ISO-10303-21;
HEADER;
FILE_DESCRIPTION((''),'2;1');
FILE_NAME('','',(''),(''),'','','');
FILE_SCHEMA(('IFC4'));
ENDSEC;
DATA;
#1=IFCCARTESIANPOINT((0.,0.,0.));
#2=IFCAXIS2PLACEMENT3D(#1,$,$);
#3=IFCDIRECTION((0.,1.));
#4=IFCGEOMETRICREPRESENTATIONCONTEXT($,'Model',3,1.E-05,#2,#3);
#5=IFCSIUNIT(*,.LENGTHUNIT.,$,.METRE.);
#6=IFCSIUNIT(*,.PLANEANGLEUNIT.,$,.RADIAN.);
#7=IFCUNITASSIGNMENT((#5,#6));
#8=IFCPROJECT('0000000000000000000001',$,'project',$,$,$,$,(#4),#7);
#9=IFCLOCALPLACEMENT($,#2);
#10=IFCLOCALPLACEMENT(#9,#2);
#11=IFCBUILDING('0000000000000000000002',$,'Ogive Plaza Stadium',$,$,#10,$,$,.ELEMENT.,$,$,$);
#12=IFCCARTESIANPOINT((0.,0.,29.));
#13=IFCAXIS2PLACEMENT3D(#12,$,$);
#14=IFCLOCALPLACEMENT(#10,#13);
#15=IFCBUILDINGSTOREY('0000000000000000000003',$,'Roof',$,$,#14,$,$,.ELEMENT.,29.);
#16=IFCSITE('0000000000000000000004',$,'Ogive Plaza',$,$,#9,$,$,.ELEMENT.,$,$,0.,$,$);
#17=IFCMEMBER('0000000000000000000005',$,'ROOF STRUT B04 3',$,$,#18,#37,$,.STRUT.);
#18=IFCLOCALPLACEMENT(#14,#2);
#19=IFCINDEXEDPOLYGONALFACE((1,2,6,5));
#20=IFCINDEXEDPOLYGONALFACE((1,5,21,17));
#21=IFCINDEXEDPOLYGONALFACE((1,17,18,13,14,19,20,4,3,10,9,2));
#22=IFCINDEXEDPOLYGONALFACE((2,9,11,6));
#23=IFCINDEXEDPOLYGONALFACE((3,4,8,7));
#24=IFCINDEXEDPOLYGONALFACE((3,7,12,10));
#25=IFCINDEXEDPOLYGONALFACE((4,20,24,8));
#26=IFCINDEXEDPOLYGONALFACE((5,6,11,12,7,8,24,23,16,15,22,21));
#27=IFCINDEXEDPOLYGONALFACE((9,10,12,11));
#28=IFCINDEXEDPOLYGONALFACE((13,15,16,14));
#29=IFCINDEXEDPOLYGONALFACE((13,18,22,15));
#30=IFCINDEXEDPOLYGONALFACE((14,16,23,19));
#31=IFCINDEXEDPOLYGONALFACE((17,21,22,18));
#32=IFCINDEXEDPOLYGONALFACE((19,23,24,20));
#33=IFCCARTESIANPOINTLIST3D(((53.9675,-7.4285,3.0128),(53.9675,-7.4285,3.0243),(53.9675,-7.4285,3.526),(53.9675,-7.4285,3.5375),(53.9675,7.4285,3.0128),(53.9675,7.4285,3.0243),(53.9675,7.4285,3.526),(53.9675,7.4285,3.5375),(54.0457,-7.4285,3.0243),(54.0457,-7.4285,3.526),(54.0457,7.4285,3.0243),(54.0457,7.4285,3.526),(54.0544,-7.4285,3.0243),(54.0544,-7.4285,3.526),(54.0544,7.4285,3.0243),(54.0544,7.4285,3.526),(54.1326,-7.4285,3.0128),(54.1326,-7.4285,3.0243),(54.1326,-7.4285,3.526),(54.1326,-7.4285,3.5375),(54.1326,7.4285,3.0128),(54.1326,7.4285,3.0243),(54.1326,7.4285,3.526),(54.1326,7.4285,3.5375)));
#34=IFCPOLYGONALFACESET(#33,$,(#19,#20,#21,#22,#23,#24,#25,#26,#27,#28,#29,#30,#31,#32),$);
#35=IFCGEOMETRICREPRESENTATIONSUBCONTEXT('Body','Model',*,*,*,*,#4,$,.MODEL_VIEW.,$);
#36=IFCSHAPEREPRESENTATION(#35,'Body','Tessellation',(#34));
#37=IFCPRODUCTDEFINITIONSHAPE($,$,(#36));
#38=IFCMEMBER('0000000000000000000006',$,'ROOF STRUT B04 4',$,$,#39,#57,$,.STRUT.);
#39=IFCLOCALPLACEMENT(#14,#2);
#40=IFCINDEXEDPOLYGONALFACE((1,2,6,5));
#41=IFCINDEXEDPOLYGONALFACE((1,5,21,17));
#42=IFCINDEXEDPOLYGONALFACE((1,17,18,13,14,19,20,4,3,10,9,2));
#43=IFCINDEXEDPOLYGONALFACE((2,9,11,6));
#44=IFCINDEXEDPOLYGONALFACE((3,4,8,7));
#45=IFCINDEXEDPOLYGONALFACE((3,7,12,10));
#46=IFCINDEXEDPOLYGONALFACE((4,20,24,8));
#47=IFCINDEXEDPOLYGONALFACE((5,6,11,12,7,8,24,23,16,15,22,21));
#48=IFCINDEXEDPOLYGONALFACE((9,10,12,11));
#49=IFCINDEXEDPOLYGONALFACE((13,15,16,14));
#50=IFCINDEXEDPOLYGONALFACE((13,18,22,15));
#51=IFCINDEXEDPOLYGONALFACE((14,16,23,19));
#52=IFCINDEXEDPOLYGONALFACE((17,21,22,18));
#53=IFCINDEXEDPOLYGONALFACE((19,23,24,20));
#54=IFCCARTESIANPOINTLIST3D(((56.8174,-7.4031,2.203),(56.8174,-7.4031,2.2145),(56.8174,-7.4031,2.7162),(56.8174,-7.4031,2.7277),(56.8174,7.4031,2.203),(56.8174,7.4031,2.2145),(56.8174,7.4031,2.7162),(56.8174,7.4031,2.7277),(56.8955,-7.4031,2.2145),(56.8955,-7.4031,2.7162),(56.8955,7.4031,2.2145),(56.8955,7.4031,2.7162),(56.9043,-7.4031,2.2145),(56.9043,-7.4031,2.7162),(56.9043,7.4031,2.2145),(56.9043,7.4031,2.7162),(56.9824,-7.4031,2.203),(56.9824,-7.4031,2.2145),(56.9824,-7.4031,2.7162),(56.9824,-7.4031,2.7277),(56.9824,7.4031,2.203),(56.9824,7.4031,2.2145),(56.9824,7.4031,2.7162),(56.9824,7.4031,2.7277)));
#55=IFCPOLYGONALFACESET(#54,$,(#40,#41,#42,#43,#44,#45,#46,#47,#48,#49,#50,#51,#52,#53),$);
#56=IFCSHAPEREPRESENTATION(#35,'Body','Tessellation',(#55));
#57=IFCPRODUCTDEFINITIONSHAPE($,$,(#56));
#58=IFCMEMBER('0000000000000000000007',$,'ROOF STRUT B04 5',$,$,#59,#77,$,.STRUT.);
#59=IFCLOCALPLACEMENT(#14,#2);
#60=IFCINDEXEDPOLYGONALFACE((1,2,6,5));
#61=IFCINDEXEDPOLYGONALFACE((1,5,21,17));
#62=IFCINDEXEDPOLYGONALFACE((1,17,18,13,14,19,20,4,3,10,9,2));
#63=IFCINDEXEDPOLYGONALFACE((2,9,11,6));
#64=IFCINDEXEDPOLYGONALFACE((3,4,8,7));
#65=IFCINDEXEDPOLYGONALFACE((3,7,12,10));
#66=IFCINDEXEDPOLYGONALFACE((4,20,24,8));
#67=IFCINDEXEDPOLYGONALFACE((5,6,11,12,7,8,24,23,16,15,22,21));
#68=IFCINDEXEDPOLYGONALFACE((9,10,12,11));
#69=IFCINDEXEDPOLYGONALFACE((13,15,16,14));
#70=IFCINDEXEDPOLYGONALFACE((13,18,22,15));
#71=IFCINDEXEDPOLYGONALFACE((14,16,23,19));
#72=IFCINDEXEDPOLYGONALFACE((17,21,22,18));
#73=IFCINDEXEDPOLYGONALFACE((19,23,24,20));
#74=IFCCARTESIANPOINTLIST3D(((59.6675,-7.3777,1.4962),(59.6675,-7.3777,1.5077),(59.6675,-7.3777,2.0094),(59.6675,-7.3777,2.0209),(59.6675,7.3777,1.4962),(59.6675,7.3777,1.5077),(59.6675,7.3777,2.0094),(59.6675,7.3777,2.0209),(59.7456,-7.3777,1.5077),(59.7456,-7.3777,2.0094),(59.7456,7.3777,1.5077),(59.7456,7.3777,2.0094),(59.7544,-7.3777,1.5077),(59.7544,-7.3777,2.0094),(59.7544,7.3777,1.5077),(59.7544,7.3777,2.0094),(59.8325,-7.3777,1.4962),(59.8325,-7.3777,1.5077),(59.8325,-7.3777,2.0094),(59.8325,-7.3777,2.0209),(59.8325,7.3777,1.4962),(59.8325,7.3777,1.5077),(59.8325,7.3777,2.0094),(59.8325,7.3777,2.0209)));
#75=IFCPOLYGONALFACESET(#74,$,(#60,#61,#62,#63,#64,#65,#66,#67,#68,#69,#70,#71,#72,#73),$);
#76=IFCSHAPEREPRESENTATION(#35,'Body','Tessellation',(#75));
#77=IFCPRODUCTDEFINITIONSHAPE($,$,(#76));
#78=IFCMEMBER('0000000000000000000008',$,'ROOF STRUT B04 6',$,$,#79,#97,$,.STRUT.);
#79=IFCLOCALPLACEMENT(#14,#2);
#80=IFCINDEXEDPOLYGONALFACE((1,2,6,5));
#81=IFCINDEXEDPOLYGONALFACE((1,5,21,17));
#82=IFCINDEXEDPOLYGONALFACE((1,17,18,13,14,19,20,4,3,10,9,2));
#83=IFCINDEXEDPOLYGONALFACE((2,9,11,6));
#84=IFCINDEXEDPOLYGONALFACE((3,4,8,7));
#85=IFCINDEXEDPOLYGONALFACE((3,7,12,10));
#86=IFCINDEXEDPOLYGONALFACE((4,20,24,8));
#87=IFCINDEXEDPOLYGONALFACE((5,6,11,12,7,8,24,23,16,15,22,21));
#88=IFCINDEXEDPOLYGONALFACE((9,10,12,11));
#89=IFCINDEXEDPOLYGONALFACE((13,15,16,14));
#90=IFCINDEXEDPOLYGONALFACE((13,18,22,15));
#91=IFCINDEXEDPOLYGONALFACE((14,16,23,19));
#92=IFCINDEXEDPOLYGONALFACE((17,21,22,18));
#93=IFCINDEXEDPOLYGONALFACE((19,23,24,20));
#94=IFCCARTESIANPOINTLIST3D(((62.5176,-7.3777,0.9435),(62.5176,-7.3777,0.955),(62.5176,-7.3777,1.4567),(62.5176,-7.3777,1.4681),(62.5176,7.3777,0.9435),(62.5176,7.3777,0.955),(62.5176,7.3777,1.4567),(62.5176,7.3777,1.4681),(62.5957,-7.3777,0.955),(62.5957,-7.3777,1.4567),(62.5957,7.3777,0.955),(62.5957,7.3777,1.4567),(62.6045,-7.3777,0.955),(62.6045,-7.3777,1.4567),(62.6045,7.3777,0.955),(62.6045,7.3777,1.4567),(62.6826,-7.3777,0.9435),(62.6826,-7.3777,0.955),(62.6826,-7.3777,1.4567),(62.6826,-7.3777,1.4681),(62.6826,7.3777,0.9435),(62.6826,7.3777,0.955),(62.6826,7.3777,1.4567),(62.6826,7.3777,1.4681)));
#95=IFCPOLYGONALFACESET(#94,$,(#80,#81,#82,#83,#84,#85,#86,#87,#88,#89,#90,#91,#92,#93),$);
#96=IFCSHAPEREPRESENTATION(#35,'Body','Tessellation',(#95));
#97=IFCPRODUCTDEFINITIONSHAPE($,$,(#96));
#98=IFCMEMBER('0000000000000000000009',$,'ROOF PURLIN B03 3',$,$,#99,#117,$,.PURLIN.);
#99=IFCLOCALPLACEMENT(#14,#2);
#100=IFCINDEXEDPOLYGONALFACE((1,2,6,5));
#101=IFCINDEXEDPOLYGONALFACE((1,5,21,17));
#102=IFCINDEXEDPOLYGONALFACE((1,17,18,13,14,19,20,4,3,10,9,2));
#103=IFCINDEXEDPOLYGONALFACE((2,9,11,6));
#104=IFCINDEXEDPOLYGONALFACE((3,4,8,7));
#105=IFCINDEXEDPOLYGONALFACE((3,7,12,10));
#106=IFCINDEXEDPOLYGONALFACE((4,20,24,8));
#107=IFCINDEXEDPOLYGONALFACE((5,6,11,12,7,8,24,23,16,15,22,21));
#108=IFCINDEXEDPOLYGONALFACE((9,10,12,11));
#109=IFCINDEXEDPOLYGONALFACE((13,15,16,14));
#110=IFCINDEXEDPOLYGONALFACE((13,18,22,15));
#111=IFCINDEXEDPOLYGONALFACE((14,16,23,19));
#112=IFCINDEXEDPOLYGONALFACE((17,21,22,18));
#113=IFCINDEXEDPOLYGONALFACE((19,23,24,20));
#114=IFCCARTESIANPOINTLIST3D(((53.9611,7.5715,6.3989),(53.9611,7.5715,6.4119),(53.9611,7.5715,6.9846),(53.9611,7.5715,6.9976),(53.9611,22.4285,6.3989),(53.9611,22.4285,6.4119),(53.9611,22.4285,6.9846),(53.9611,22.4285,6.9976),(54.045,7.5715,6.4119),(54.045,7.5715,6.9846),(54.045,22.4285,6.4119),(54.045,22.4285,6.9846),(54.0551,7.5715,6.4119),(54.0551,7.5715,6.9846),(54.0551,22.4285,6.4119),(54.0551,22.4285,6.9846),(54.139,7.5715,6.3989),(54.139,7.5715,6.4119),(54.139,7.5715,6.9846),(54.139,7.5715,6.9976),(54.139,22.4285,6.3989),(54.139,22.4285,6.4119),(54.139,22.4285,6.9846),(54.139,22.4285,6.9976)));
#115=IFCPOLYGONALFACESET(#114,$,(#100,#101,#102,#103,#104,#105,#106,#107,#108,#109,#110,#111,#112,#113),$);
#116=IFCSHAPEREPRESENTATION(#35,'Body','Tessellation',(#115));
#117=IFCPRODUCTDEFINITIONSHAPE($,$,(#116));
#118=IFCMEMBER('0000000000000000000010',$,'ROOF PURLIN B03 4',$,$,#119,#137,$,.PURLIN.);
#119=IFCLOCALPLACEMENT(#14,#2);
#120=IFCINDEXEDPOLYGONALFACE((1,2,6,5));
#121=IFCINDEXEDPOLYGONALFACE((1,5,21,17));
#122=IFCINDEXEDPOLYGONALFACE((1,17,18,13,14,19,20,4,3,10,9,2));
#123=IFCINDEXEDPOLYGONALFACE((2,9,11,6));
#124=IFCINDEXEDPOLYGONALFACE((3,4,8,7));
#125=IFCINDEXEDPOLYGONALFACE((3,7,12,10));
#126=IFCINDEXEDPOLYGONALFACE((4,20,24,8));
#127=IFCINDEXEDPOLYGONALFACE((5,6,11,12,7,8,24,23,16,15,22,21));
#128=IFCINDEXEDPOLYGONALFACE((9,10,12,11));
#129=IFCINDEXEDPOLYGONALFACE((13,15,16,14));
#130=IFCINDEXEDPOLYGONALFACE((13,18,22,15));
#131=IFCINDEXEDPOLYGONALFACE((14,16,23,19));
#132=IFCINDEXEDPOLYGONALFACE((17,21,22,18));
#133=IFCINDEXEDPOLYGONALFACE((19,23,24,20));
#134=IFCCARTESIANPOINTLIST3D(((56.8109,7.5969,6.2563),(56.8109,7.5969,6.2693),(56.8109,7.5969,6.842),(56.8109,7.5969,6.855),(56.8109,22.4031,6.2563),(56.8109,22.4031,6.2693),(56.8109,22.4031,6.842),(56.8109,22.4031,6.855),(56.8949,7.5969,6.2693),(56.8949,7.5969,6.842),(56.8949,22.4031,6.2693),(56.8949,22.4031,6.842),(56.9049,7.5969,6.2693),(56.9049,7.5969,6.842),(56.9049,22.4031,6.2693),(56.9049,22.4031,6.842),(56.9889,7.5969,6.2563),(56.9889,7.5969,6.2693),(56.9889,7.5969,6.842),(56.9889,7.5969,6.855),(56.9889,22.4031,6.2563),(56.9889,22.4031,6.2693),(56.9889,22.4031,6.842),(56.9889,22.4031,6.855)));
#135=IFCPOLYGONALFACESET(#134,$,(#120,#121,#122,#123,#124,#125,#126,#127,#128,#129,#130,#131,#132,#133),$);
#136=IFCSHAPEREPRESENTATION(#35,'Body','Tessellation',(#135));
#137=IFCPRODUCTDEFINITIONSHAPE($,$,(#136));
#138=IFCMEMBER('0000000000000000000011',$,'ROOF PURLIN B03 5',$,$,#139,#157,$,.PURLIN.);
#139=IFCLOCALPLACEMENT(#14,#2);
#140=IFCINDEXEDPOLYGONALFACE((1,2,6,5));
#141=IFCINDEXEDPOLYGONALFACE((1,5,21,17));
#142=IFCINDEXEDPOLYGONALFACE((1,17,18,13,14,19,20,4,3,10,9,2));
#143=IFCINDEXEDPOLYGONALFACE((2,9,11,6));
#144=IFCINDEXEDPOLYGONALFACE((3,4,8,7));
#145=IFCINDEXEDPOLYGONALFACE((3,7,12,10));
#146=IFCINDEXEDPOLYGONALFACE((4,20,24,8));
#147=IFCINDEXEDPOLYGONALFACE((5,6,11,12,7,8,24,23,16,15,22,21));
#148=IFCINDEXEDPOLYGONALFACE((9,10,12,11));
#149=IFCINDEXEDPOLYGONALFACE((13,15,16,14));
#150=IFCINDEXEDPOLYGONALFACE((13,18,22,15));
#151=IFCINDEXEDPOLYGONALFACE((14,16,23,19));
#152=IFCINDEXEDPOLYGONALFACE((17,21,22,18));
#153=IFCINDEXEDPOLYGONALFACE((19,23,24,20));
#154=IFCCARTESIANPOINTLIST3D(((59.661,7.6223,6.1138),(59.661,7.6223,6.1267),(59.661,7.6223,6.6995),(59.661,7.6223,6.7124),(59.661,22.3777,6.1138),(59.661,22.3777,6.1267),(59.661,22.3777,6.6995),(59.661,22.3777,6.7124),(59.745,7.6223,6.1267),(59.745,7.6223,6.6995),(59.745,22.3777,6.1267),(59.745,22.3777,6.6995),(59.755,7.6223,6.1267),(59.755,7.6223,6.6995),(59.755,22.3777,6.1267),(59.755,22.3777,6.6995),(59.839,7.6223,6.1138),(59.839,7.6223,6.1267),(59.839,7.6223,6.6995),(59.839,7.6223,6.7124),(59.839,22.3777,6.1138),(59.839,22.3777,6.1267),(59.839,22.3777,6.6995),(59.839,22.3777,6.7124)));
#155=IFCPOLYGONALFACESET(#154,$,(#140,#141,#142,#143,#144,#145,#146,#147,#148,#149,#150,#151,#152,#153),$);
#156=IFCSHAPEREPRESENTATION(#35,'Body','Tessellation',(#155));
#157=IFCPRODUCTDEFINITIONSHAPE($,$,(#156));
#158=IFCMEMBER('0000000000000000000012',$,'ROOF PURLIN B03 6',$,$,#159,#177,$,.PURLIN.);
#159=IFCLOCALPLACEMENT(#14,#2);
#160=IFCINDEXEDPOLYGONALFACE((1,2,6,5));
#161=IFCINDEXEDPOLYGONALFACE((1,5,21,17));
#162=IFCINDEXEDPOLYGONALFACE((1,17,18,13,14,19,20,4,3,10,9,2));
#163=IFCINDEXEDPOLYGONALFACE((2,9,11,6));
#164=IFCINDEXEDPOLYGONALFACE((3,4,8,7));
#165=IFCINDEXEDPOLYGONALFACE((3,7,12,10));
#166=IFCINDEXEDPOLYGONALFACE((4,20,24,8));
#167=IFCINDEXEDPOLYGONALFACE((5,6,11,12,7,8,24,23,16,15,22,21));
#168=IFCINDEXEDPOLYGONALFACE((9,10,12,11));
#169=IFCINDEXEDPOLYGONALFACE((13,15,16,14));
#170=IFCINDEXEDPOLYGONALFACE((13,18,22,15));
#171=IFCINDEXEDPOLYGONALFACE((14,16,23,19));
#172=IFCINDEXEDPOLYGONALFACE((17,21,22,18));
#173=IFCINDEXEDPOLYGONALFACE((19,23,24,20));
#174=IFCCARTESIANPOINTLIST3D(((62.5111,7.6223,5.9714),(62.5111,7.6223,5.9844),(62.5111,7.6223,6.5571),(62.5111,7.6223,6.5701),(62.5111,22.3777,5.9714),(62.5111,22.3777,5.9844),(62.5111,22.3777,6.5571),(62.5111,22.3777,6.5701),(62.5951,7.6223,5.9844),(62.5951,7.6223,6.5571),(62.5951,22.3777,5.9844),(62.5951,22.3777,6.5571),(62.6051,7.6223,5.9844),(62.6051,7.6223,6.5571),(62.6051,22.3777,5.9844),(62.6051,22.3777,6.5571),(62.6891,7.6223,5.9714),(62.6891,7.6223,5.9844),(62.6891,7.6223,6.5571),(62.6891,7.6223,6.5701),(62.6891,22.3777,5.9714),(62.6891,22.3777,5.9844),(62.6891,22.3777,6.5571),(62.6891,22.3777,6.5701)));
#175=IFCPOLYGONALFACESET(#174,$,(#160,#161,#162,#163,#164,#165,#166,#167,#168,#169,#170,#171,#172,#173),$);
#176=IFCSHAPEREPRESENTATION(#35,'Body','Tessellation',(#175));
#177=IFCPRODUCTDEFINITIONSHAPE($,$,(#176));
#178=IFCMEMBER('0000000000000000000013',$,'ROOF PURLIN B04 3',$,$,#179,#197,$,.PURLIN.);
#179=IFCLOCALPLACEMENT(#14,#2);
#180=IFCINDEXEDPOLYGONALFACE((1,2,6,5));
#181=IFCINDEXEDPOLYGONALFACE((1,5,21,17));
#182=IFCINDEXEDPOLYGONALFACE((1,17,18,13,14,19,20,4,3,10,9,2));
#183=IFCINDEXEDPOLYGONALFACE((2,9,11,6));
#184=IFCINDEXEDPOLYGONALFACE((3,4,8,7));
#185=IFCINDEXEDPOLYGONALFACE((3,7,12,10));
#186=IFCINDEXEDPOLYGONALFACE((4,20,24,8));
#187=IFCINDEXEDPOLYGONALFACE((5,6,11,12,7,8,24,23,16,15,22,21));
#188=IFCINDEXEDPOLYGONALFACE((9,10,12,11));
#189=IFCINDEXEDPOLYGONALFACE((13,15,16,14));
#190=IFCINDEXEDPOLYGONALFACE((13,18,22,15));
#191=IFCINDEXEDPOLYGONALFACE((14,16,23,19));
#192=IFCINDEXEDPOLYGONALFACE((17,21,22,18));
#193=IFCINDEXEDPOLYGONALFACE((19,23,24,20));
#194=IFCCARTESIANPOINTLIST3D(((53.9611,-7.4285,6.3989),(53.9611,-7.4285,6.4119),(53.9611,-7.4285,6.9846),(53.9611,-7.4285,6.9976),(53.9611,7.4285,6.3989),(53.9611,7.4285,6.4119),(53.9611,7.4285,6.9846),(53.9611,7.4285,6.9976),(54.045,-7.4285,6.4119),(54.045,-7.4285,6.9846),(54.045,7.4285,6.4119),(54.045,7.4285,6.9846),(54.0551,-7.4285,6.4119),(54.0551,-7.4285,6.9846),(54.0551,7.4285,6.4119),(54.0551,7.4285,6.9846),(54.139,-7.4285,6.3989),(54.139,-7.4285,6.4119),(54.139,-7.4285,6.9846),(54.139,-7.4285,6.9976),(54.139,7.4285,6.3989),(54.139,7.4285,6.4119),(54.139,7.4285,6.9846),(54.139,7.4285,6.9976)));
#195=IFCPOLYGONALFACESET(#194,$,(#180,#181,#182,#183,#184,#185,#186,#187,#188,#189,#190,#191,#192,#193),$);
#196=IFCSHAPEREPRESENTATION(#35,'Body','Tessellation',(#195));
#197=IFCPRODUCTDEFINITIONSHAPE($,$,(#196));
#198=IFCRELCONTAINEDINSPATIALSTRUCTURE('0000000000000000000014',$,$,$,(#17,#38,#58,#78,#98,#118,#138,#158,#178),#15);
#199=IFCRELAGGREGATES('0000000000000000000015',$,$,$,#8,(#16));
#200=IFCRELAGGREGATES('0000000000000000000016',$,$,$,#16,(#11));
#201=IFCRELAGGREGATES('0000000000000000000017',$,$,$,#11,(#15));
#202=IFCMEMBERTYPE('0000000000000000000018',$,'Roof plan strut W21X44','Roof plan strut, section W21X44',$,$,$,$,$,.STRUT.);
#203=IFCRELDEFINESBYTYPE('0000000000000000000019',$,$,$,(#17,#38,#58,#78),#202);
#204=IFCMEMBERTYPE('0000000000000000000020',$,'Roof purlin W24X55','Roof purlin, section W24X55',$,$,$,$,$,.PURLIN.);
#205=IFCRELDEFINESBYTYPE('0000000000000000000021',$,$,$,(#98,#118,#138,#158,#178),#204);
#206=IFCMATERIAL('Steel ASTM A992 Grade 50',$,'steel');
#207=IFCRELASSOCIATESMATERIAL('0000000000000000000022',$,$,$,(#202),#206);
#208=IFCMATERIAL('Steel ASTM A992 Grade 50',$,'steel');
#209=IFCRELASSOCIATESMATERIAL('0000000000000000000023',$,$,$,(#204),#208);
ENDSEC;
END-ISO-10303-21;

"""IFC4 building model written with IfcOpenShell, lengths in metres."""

from ifc_helpers import new_model, si_unit, direction, frame, origin, origin_2d, place, context, subcontext, project, spatial, i_section, extrude, material, material_profile, profile_set, type_object, element, save


model = new_model("IFC4")

# Units and contexts
model_context = context("Model", 3, precision=1e-05, world=origin(), true_north=direction((0.0, 1.0)))
body_context = subcontext(model_context, "Body", "Model", "MODEL_VIEW")
ifc_project = project(units=[si_unit("LENGTHUNIT", "METRE"), si_unit("PLANEANGLEUNIT", "RADIAN")], contexts=[model_context])

# Site, building, storey
site_placement = place(None, origin())
site = spatial("IfcSite", under=ifc_project, at=site_placement, Name="Ogive Plaza", CompositionType="ELEMENT", RefElevation=0.0)
building_placement = place(site_placement, origin())
building = spatial("IfcBuilding", under=site, at=building_placement, Name="Ogive Plaza Stadium", CompositionType="ELEMENT")
storey_placement = place(building_placement, frame((0.0, 0.0, 29.0)))
storey = spatial("IfcBuildingStorey", under=building, at=storey_placement, Name="Roof", CompositionType="ELEMENT", Elevation=29.0)

# Members
ifc_material_1 = material(Name="Steel ASTM A992 Grade 50", Category="steel")
ifc_material_profile_1 = material_profile(ifc_material_1, i_section(OverallWidth=0.165, OverallDepth=0.5247, WebThickness=0.0088, FlangeThickness=0.0115, at=origin_2d()), Name="W21X44")
ifc_profile_set_1 = profile_set([ifc_material_profile_1], Name="Steel ASTM A992 Grade 50")
member_type_1 = type_object("IfcMemberType", Name="Roof plan strut W21X44", Description="Roof plan strut, section W21X44", PredefinedType="STRUT", material=ifc_profile_set_1)
member_1_placement = place(storey_placement, frame((54.05, 7.4285, 3.2751), z_axis=(0.0, -1.0, 0.0), x_axis=(1.0, 0.0, 0.0)))
element("IfcMember", 1, at=member_1_placement, inside=storey, type_object=member_type_1, Name="ROOF STRUT B04 3", PredefinedType="STRUT", context=body_context, shape_type="SweptSolid", body=[
    extrude(i_section(OverallWidth=0.165, OverallDepth=0.5247, WebThickness=0.0088, FlangeThickness=0.0115, at=origin_2d()), origin(), (0.0, 0.0, 1.0), 14.8569),
])
member_2_placement = place(storey_placement, frame((56.8999, 7.4031, 2.4653), z_axis=(0.0, -1.0, 0.0), x_axis=(1.0, 0.0, 0.0)))
element("IfcMember", 2, at=member_2_placement, inside=storey, type_object=member_type_1, Name="ROOF STRUT B04 4", PredefinedType="STRUT", context=body_context, shape_type="SweptSolid", body=[
    extrude(i_section(OverallWidth=0.165, OverallDepth=0.5247, WebThickness=0.0088, FlangeThickness=0.0115, at=origin_2d()), origin(), (0.0, 0.0, 1.0), 14.8062),
])
for number, where, z_axis, x_axis, name in (
    (3, (59.75, 7.3777, 1.7585), (0.0, -1.0, 0.0), (1.0, 0.0, 0.0), "ROOF STRUT B04 5"),
    (4, (62.6001, 7.3777, 1.2058), (0.0, -1.0, 0.0), (1.0, 0.0, 0.0), "ROOF STRUT B04 6"),
):
    element("IfcMember", number, at=place(storey_placement, frame(where, z_axis=z_axis, x_axis=x_axis)), inside=storey, type_object=member_type_1, Name=name, PredefinedType="STRUT", context=body_context, shape_type="SweptSolid", body=[
        extrude(i_section(OverallWidth=0.165, OverallDepth=0.5247, WebThickness=0.0088, FlangeThickness=0.0115, at=origin_2d()), origin(), (0.0, 0.0, 1.0), 14.7554),
    ])
ifc_material_2 = material(Name="Steel ASTM A992 Grade 50", Category="steel")
ifc_material_profile_2 = material_profile(ifc_material_2, i_section(OverallWidth=0.178, OverallDepth=0.5986, WebThickness=0.01, FlangeThickness=0.0129, at=origin_2d()), Name="W24X55")
ifc_profile_set_2 = profile_set([ifc_material_profile_2], Name="Steel ASTM A992 Grade 50")
member_type_2 = type_object("IfcMemberType", Name="Roof purlin W24X55", Description="Roof purlin, section W24X55", PredefinedType="PURLIN", material=ifc_profile_set_2)
member_3_placement = place(storey_placement, frame((54.05, 22.4285, 6.6982), z_axis=(0.0, -1.0, 0.0), x_axis=(1.0, 0.0, 0.0)))
element("IfcMember", 5, at=member_3_placement, inside=storey, type_object=member_type_2, Name="ROOF PURLIN B03 3", PredefinedType="PURLIN", context=body_context, shape_type="SweptSolid", body=[
    extrude(i_section(OverallWidth=0.178, OverallDepth=0.5986, WebThickness=0.01, FlangeThickness=0.0129, at=origin_2d()), origin(), (0.0, 0.0, 1.0), 14.8569),
])
member_4_placement = place(storey_placement, frame((56.8999, 22.4031, 6.5557), z_axis=(0.0, -1.0, 0.0), x_axis=(1.0, 0.0, 0.0)))
element("IfcMember", 6, at=member_4_placement, inside=storey, type_object=member_type_2, Name="ROOF PURLIN B03 4", PredefinedType="PURLIN", context=body_context, shape_type="SweptSolid", body=[
    extrude(i_section(OverallWidth=0.178, OverallDepth=0.5986, WebThickness=0.01, FlangeThickness=0.0129, at=origin_2d()), origin(), (0.0, 0.0, 1.0), 14.8062),
])
for number, where, z_axis, x_axis, name in (
    (7, (59.75, 22.3777, 6.4131), (0.0, -1.0, 0.0), (1.0, 0.0, 0.0), "ROOF PURLIN B03 5"),
    (8, (62.6001, 22.3777, 6.2708), (0.0, -1.0, 0.0), (1.0, 0.0, 0.0), "ROOF PURLIN B03 6"),
):
    element("IfcMember", number, at=place(storey_placement, frame(where, z_axis=z_axis, x_axis=x_axis)), inside=storey, type_object=member_type_2, Name=name, PredefinedType="PURLIN", context=body_context, shape_type="SweptSolid", body=[
        extrude(i_section(OverallWidth=0.178, OverallDepth=0.5986, WebThickness=0.01, FlangeThickness=0.0129, at=origin_2d()), origin(), (0.0, 0.0, 1.0), 14.7554),
    ])
member_5_placement = place(storey_placement, frame((54.05, 7.4285, 6.6982), z_axis=(0.0, -1.0, 0.0), x_axis=(1.0, 0.0, 0.0)))
element("IfcMember", 9, at=member_5_placement, inside=storey, type_object=member_type_2, Name="ROOF PURLIN B04 3", PredefinedType="PURLIN", context=body_context, shape_type="SweptSolid", body=[
    extrude(i_section(OverallWidth=0.178, OverallDepth=0.5986, WebThickness=0.01, FlangeThickness=0.0129, at=origin_2d()), origin(), (0.0, 0.0, 1.0), 14.8569),
])

save(model, "model.ifc")
